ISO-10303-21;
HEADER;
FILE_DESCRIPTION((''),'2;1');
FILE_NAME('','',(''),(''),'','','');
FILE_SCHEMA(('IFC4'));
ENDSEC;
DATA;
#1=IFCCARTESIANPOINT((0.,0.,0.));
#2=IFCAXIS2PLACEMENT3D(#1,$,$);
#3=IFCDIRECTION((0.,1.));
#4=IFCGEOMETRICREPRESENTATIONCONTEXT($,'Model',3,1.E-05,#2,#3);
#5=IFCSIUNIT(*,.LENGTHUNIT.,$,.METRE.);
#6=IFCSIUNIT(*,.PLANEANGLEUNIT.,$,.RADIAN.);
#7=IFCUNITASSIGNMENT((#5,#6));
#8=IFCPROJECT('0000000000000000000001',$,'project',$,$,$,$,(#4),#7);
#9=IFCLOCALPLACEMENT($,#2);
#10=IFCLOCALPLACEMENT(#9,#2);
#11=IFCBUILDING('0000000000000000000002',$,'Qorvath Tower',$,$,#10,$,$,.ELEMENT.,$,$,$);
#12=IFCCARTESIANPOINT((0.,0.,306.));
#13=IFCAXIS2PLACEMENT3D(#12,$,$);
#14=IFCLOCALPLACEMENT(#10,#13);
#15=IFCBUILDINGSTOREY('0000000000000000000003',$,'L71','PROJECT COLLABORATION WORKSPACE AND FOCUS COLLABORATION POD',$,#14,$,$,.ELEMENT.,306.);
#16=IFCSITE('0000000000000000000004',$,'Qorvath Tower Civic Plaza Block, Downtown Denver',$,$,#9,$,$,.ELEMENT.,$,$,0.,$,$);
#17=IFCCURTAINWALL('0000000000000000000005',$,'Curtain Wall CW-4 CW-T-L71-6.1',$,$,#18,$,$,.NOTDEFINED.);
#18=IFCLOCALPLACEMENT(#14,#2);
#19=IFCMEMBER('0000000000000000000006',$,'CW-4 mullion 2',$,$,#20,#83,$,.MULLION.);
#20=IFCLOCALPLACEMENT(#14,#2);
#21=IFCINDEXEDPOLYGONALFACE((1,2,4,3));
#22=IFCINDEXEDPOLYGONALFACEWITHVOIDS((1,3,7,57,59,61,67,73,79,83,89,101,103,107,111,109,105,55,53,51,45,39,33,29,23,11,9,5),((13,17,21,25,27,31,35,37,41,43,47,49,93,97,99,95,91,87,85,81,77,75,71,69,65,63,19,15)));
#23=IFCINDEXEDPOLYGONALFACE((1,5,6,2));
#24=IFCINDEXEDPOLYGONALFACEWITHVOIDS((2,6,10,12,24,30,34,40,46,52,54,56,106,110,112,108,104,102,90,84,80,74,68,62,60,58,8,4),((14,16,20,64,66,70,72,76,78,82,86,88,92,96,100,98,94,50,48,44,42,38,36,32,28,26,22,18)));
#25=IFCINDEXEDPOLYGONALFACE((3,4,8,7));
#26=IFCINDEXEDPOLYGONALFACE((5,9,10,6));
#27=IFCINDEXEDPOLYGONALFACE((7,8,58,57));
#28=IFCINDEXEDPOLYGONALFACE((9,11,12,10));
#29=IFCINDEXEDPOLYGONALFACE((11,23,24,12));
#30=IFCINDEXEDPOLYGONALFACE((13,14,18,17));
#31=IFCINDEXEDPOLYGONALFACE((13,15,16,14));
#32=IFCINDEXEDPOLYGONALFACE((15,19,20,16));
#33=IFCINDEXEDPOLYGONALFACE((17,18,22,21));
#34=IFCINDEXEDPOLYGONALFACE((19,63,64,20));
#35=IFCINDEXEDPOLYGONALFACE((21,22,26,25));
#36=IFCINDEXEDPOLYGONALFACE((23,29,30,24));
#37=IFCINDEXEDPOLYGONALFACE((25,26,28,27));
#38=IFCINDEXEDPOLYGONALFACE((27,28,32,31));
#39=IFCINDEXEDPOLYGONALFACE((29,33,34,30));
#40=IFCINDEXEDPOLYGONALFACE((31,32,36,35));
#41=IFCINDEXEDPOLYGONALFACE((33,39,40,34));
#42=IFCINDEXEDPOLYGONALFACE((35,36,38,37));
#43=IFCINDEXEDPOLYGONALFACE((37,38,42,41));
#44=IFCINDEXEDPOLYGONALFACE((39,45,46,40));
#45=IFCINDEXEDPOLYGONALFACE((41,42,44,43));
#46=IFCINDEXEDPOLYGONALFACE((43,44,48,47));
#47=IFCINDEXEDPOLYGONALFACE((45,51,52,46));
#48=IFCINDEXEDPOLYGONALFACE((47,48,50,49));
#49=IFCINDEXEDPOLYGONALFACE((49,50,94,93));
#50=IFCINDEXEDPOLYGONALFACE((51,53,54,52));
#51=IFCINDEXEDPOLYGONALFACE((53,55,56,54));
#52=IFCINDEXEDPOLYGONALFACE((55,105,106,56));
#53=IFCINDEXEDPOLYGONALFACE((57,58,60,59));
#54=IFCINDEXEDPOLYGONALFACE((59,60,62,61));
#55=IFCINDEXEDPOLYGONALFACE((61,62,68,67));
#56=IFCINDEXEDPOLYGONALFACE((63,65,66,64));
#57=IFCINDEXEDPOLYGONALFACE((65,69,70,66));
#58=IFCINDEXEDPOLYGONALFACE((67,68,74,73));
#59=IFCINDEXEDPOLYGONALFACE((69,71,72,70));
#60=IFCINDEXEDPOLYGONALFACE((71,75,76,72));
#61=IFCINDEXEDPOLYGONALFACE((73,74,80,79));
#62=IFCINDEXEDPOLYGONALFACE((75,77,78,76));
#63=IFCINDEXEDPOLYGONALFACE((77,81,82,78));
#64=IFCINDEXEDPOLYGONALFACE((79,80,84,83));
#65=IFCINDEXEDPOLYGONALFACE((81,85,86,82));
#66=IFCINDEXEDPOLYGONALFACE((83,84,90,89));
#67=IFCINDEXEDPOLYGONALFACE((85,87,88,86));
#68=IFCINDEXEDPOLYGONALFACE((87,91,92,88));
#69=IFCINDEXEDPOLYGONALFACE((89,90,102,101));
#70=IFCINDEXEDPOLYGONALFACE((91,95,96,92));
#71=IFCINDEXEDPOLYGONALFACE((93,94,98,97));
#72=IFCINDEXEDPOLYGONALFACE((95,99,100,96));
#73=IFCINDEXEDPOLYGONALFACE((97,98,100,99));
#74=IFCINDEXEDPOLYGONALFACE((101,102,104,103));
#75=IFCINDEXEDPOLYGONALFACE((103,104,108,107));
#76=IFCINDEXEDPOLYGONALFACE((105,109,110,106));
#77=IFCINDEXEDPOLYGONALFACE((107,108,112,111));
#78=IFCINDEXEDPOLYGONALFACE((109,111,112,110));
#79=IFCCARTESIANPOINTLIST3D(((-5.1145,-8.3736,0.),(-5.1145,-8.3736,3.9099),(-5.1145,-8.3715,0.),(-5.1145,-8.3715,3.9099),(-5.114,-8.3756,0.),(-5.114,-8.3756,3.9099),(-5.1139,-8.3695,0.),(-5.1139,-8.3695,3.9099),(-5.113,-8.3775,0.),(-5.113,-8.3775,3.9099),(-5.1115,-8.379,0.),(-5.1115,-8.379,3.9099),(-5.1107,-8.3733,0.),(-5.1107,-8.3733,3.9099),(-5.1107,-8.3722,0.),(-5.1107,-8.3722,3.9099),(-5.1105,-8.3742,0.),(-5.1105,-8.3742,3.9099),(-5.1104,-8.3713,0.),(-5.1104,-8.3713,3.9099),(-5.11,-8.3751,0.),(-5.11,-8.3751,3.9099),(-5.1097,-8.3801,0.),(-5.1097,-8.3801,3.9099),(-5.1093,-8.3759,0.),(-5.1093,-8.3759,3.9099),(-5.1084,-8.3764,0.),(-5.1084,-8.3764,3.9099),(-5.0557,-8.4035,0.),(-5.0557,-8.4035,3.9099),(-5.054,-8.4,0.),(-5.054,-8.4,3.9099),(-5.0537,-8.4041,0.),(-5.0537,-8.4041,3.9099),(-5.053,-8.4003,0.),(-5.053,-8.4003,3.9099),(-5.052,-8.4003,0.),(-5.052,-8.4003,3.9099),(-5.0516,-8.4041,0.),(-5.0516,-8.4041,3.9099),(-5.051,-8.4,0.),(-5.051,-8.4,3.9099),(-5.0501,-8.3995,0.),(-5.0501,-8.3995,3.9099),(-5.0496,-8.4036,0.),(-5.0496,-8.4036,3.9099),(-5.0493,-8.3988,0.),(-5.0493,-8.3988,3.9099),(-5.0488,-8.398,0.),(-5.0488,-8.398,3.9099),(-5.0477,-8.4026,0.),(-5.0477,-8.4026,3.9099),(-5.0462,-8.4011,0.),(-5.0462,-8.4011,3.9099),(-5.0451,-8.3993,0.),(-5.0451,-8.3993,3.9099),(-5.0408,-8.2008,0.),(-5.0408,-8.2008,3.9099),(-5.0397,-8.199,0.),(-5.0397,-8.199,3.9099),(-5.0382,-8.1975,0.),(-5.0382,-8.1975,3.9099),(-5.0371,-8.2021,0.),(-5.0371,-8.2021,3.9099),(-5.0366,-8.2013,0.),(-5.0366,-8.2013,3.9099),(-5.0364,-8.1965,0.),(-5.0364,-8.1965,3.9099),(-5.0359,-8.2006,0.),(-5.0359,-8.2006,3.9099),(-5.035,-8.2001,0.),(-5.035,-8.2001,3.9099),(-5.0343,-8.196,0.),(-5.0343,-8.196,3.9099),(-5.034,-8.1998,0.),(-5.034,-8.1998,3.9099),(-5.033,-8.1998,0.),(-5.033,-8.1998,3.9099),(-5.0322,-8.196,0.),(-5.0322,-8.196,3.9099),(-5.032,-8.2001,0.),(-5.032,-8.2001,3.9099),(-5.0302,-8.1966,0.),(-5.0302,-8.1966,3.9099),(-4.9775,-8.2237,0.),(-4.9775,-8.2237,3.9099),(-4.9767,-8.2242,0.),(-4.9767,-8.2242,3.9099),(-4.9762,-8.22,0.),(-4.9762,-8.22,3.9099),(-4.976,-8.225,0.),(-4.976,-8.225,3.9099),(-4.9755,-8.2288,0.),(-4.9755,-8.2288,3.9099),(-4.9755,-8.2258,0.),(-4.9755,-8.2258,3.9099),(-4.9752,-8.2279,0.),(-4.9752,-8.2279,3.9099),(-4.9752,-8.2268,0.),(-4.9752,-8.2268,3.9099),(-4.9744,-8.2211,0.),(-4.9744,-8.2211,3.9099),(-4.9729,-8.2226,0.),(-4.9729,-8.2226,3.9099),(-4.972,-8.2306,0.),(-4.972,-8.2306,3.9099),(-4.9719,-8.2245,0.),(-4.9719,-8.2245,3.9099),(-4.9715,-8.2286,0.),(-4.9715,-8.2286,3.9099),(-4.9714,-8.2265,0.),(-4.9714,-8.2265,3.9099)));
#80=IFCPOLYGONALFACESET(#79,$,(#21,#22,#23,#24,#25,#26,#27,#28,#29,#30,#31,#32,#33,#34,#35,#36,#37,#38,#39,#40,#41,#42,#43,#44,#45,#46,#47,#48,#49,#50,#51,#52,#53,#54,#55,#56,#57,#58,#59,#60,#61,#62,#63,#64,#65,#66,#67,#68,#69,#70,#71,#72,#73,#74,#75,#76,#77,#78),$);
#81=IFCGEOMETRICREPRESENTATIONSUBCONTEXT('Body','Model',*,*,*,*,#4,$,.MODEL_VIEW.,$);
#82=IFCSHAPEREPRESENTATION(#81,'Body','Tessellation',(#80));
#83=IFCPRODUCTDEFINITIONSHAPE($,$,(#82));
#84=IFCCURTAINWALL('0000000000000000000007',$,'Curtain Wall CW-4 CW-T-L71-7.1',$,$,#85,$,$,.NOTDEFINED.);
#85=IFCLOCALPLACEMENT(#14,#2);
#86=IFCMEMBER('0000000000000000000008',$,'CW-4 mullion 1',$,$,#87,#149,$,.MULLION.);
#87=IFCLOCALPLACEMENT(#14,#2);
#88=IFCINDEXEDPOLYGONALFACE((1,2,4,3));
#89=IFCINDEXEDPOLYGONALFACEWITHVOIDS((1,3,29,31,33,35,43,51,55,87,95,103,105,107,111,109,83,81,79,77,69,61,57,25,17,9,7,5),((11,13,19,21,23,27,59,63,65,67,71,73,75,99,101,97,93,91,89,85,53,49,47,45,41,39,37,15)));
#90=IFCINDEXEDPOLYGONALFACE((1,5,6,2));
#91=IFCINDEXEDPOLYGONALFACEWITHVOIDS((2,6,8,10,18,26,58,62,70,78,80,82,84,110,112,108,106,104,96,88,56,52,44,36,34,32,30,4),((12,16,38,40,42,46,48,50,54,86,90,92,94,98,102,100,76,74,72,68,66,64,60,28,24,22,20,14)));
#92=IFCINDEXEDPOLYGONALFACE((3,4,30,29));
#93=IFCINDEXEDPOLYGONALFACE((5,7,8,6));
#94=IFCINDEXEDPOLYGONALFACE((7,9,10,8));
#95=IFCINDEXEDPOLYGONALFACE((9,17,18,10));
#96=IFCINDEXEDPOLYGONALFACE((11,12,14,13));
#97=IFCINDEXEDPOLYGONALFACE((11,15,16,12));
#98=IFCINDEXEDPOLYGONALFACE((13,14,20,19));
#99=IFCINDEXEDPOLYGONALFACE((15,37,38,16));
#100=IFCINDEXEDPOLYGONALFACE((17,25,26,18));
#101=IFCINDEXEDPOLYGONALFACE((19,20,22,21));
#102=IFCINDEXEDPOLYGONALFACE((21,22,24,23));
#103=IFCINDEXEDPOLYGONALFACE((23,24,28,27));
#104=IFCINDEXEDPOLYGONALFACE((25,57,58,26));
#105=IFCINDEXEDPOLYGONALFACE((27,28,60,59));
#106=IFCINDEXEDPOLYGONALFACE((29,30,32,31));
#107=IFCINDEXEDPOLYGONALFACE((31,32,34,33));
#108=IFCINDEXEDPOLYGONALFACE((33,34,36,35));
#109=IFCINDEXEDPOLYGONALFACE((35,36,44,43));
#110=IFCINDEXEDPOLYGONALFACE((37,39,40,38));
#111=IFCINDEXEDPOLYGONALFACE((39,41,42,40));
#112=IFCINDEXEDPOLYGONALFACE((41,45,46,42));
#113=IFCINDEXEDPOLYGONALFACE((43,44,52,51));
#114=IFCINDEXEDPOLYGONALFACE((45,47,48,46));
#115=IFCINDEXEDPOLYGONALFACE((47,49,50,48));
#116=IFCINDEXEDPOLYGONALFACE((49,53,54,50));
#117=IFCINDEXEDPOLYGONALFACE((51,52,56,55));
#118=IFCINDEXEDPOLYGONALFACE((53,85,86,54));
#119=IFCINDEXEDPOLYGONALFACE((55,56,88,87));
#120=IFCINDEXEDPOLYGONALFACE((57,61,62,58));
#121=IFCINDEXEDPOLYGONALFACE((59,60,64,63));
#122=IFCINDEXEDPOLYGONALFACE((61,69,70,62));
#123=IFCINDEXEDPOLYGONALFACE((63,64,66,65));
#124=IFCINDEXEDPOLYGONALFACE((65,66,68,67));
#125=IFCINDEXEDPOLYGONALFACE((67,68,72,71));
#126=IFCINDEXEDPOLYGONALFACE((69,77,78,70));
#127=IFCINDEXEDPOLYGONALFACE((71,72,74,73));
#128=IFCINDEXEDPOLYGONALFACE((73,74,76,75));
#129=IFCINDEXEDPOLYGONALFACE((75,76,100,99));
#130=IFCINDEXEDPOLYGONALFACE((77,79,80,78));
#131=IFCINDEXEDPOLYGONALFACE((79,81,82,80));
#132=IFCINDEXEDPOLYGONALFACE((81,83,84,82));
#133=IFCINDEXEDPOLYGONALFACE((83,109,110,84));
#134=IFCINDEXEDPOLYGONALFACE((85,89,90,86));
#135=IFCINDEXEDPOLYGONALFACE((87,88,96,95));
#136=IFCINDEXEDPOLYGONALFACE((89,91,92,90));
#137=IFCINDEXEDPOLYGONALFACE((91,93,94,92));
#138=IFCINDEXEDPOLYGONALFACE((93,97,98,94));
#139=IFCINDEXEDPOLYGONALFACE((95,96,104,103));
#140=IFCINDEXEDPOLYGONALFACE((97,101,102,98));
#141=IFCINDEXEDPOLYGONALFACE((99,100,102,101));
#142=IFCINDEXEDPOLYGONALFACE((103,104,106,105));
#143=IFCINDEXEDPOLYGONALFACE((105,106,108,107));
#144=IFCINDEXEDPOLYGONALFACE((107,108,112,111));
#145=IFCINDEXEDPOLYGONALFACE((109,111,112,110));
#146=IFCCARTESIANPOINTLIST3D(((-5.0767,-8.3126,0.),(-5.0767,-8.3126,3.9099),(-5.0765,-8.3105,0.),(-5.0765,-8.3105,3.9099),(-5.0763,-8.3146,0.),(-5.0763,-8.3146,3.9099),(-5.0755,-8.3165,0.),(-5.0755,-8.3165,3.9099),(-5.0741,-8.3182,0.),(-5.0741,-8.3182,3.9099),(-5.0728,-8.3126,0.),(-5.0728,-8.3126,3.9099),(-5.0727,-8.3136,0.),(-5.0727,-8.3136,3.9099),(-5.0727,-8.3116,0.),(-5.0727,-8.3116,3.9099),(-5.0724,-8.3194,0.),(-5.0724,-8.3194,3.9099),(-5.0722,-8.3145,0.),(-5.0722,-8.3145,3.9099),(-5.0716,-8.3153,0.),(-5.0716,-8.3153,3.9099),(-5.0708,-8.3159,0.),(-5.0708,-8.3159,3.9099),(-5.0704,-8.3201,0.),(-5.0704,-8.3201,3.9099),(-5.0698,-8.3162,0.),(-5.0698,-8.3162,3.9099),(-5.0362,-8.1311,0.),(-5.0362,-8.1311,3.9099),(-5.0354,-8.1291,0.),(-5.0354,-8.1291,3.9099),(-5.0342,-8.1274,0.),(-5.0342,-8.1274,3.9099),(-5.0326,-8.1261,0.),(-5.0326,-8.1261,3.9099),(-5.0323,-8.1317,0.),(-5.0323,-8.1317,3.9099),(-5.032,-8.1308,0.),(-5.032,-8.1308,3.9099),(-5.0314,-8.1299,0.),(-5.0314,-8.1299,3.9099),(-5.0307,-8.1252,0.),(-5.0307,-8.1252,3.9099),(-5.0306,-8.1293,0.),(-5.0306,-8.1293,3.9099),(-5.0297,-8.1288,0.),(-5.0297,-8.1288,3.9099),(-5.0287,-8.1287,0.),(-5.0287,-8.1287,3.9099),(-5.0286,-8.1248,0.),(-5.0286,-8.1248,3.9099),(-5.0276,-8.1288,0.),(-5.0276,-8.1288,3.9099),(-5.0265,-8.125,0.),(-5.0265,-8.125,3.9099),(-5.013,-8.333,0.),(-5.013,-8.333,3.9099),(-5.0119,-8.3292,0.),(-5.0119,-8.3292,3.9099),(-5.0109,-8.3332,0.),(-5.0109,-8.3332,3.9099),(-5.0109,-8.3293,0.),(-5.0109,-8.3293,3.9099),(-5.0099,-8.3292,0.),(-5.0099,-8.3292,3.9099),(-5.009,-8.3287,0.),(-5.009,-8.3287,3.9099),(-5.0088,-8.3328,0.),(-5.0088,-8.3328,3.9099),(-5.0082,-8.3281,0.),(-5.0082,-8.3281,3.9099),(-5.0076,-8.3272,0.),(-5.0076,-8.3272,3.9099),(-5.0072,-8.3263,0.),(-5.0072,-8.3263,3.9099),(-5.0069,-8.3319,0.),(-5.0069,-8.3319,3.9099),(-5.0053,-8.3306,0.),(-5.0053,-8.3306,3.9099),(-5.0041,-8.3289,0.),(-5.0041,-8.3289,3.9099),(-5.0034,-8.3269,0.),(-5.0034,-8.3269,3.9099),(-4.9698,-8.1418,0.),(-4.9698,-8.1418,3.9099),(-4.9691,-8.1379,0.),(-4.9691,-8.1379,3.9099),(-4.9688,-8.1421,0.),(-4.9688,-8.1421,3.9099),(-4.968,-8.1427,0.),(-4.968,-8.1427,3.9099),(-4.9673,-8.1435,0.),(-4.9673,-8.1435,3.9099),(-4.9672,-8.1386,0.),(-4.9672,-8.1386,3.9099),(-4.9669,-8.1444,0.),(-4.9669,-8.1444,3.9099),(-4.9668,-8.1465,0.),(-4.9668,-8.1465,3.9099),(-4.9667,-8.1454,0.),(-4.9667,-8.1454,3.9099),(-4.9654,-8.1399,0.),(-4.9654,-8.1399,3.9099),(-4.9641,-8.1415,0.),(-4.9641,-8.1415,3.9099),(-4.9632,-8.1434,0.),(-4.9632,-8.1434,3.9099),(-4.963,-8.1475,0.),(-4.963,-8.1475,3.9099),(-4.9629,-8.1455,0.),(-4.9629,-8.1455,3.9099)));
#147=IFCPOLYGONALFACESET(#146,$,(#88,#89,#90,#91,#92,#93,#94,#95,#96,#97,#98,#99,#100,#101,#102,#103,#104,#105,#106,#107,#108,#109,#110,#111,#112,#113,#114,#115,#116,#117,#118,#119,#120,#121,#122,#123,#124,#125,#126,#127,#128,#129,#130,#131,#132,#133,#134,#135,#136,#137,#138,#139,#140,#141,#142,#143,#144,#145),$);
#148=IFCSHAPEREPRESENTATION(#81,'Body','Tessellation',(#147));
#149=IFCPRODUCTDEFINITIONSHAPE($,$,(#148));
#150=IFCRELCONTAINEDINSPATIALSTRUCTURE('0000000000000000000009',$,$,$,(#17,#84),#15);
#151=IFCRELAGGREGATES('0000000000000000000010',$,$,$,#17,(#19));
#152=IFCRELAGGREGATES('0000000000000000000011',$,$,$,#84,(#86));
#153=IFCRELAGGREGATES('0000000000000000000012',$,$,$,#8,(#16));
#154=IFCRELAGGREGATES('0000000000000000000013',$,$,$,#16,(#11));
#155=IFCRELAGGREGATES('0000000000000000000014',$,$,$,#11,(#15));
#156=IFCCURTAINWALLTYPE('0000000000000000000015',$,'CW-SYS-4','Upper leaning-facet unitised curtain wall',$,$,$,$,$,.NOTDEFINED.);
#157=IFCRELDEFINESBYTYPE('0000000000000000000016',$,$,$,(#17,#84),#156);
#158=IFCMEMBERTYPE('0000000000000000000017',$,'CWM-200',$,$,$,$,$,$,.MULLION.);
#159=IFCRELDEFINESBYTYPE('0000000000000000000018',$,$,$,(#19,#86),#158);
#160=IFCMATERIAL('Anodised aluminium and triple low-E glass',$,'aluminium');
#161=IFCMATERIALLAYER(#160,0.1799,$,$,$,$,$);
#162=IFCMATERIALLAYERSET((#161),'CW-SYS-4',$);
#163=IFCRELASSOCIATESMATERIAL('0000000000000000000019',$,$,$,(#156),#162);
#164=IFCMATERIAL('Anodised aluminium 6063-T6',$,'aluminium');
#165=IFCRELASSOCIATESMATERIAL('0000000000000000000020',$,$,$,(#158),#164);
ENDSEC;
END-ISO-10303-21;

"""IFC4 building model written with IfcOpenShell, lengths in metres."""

from ifc_helpers import new_model, si_unit, direction, frame, origin, origin_2d, place, context, subcontext, project, spatial, hollow_rectangle, extrude, material, layer, layer_set, material_profile, profile_set, type_object, element, aggregate, save


model = new_model("IFC4")

# Units and contexts
model_context = context("Model", 3, precision=1e-05, world=origin(), true_north=direction((0.0, 1.0)))
body_context = subcontext(model_context, "Body", "Model", "MODEL_VIEW")
ifc_project = project(units=[si_unit("LENGTHUNIT", "METRE"), si_unit("PLANEANGLEUNIT", "RADIAN")], contexts=[model_context])

# Site, building, storey
site_placement = place(None, origin())
site = spatial("IfcSite", under=ifc_project, at=site_placement, Name="Qorvath Tower Civic Plaza Block, Downtown Denver", CompositionType="ELEMENT", RefElevation=0.0)
building_placement = place(site_placement, origin())
building = spatial("IfcBuilding", under=site, at=building_placement, Name="Qorvath Tower", CompositionType="ELEMENT")
storey_placement = place(building_placement, frame((0.0, 0.0, 306.0)))
storey = spatial("IfcBuildingStorey", under=building, at=storey_placement, Name="L71", Description="PROJECT COLLABORATION WORKSPACE AND FOCUS COLLABORATION POD", CompositionType="ELEMENT", Elevation=306.0)

# Curtain walls, members
ifc_material_1 = material(Name="Anodised aluminium and triple low-E glass", Category="aluminium")
ifc_layer_1 = layer(ifc_material_1, 0.1799)
ifc_layer_set_1 = layer_set([ifc_layer_1], Name="CW-SYS-4")
curtain_wall_type = type_object("IfcCurtainWallType", Name="CW-SYS-4", Description="Upper leaning-facet unitised curtain wall", PredefinedType="NOTDEFINED", material=ifc_layer_set_1)
curtain_wall_1_placement = place(storey_placement, origin())
curtain_wall_1 = element("IfcCurtainWall", 1, at=curtain_wall_1_placement, inside=storey, type_object=curtain_wall_type, Name="Curtain Wall CW-4 CW-T-L71-6.1", PredefinedType="NOTDEFINED")
ifc_material_2 = material(Name="Anodised aluminium 6063-T6", Category="aluminium")
ifc_material_profile_1 = material_profile(ifc_material_2, hollow_rectangle(XDim=0.075, YDim=0.2, WallThickness=0.0039, InnerFilletRadius=0.0039, OuterFilletRadius=0.0081, at=origin_2d()), Name="CWM 200x75")
ifc_profile_set_1 = profile_set([ifc_material_profile_1], Name="Anodised aluminium 6063-T6")
member_type_1 = type_object("IfcMemberType", Name="CWM-200", PredefinedType="MULLION", material=ifc_profile_set_1)
member_1_placement = place(storey_placement, frame((-5.043, -8.3, 0.0), z_axis=(0.0, 0.0, 1.0), x_axis=(-0.917513, 0.397707, 0.0)))
member_1 = element("IfcMember", 2, at=member_1_placement, type_object=member_type_1, Name="CW-4 mullion 2", PredefinedType="MULLION", context=body_context, shape_type="SweptSolid", body=[
    extrude(hollow_rectangle(XDim=0.075, YDim=0.2, WallThickness=0.0039, InnerFilletRadius=0.0039, OuterFilletRadius=0.0081, at=origin_2d()), origin(), (0.0, 0.0, 1.0), 3.9099),
])
curtain_wall_2_placement = place(storey_placement, origin())
curtain_wall_2 = element("IfcCurtainWall", 3, at=curtain_wall_2_placement, inside=storey, type_object=curtain_wall_type, Name="Curtain Wall CW-4 CW-T-L71-7.1", PredefinedType="NOTDEFINED")
member_2_placement = place(storey_placement, frame((-5.0198, -8.229, 0.0), z_axis=(0.0, 0.0, 1.0), x_axis=(-0.975634, 0.219402, 0.0)))
member_2 = element("IfcMember", 4, at=member_2_placement, type_object=member_type_1, Name="CW-4 mullion 1", PredefinedType="MULLION", context=body_context, shape_type="SweptSolid", body=[
    extrude(hollow_rectangle(XDim=0.075, YDim=0.2, WallThickness=0.0039, InnerFilletRadius=0.0039, OuterFilletRadius=0.0081, at=origin_2d()), origin(), (0.0, 0.0, 1.0), 3.9099),
])

aggregate(curtain_wall_1, [member_1])
aggregate(curtain_wall_2, [member_2])

save(model, "model.ifc")
